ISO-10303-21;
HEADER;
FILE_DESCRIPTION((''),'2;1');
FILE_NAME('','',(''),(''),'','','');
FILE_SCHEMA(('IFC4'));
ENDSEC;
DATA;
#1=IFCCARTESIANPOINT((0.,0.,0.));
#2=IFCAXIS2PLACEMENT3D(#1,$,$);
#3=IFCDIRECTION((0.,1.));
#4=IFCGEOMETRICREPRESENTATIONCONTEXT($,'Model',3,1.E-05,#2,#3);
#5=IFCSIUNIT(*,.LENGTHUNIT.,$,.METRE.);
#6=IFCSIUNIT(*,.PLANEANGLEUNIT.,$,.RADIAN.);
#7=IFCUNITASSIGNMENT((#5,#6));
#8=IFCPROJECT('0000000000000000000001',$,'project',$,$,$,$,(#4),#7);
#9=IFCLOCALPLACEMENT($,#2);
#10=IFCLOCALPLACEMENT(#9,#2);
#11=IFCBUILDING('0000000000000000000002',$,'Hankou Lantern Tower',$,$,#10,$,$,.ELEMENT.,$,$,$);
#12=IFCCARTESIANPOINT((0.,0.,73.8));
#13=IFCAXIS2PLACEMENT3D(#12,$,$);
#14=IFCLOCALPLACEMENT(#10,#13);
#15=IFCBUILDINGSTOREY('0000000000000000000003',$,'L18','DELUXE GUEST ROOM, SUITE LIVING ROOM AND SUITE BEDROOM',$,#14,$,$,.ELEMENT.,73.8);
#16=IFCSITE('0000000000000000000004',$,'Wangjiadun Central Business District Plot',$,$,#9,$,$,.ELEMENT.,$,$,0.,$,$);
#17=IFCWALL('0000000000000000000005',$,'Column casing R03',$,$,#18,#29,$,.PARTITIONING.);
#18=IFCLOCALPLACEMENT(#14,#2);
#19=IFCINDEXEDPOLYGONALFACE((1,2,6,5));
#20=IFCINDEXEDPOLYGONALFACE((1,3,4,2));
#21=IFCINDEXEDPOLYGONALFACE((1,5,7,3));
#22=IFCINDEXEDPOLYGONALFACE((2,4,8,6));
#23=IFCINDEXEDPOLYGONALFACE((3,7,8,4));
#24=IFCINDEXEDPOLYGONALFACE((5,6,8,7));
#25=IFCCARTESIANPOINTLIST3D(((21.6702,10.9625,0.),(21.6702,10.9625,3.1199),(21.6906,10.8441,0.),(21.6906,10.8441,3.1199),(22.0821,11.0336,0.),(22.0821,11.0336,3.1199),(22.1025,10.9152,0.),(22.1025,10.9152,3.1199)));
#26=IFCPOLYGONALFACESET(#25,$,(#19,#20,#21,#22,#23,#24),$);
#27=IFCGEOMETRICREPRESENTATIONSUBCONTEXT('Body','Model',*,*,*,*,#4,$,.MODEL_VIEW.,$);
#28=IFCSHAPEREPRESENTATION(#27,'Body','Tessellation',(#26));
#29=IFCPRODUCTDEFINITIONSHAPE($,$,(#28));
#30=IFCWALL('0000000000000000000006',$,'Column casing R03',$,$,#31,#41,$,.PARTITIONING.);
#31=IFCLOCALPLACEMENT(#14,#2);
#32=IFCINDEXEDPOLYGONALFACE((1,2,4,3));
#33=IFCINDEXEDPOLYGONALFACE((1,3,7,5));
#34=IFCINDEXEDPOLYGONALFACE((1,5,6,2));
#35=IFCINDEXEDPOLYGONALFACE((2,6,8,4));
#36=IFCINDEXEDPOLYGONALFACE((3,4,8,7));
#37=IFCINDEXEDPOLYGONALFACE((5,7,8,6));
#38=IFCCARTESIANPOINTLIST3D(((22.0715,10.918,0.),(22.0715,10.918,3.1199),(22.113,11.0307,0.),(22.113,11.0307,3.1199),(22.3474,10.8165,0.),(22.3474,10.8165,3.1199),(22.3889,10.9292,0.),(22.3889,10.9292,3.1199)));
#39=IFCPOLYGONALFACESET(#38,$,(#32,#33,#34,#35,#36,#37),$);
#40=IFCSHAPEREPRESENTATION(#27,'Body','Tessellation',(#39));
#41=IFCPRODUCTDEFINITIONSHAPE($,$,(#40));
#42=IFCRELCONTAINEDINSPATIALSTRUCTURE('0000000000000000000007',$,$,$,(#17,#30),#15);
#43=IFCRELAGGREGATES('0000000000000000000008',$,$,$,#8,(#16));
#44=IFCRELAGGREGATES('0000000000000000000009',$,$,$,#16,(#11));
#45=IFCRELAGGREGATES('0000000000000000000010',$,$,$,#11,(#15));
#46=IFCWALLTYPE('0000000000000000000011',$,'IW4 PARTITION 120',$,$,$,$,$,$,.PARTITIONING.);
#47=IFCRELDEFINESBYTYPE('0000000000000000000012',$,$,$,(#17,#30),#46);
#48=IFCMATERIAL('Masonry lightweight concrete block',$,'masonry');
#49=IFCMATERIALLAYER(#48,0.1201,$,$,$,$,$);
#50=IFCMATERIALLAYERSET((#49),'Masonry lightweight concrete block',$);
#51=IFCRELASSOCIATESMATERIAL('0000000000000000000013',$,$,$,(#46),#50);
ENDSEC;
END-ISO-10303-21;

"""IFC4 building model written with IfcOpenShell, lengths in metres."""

from ifc_helpers import new_model, si_unit, direction, frame, frame_2d, origin, place, context, subcontext, project, spatial, rectangle, extrude, material, layer, layer_set, type_object, element, save


model = new_model("IFC4")

# Units and contexts
model_context = context("Model", 3, precision=1e-05, world=origin(), true_north=direction((0.0, 1.0)))
body_context = subcontext(model_context, "Body", "Model", "MODEL_VIEW")
ifc_project = project(units=[si_unit("LENGTHUNIT", "METRE"), si_unit("PLANEANGLEUNIT", "RADIAN")], contexts=[model_context])

# Site, building, storey
site_placement = place(None, origin())
site = spatial("IfcSite", under=ifc_project, at=site_placement, Name="Wangjiadun Central Business District Plot", CompositionType="ELEMENT", RefElevation=0.0)
building_placement = place(site_placement, origin())
building = spatial("IfcBuilding", under=site, at=building_placement, Name="Hankou Lantern Tower", CompositionType="ELEMENT")
storey_placement = place(building_placement, frame((0.0, 0.0, 73.8)))
storey = spatial("IfcBuildingStorey", under=building, at=storey_placement, Name="L18", Description="DELUXE GUEST ROOM, SUITE LIVING ROOM AND SUITE BEDROOM", CompositionType="ELEMENT", Elevation=73.8)

# Walls
ifc_material_1 = material(Name="Masonry lightweight concrete block", Category="masonry")
ifc_layer_1 = layer(ifc_material_1, 0.1201)
ifc_layer_set_1 = layer_set([ifc_layer_1], Name="Masonry lightweight concrete block")
wall_type_1 = type_object("IfcWallType", Name="IW4 PARTITION 120", PredefinedType="PARTITIONING", material=ifc_layer_set_1)
wall_1_placement = place(storey_placement, frame((21.6804, 10.9033, 0.0), z_axis=(0.0, 0.0, 1.0), x_axis=(0.985447, 0.169985, 0.0)))
element("IfcWall", 1, at=wall_1_placement, inside=storey, type_object=wall_type_1, Name="Column casing R03", PredefinedType="PARTITIONING", context=body_context, shape_type="SweptSolid", body=[
    extrude(rectangle(XDim=0.418, YDim=0.1201, at=frame_2d((0.209, 0.0))), origin(), (0.0, 0.0, 1.0), 3.1199),
])
wall_2_placement = place(storey_placement, frame((22.0923, 10.9744, 0.0), z_axis=(0.0, 0.0, 1.0), x_axis=(0.938428, -0.345474, 0.0)))
element("IfcWall", 2, at=wall_2_placement, inside=storey, type_object=wall_type_1, Name="Column casing R03", PredefinedType="PARTITIONING", context=body_context, shape_type="SweptSolid", body=[
    extrude(rectangle(XDim=0.2939, YDim=0.1201, at=frame_2d((0.147, 0.0))), origin(), (0.0, 0.0, 1.0), 3.1199),
])

save(model, "model.ifc")
